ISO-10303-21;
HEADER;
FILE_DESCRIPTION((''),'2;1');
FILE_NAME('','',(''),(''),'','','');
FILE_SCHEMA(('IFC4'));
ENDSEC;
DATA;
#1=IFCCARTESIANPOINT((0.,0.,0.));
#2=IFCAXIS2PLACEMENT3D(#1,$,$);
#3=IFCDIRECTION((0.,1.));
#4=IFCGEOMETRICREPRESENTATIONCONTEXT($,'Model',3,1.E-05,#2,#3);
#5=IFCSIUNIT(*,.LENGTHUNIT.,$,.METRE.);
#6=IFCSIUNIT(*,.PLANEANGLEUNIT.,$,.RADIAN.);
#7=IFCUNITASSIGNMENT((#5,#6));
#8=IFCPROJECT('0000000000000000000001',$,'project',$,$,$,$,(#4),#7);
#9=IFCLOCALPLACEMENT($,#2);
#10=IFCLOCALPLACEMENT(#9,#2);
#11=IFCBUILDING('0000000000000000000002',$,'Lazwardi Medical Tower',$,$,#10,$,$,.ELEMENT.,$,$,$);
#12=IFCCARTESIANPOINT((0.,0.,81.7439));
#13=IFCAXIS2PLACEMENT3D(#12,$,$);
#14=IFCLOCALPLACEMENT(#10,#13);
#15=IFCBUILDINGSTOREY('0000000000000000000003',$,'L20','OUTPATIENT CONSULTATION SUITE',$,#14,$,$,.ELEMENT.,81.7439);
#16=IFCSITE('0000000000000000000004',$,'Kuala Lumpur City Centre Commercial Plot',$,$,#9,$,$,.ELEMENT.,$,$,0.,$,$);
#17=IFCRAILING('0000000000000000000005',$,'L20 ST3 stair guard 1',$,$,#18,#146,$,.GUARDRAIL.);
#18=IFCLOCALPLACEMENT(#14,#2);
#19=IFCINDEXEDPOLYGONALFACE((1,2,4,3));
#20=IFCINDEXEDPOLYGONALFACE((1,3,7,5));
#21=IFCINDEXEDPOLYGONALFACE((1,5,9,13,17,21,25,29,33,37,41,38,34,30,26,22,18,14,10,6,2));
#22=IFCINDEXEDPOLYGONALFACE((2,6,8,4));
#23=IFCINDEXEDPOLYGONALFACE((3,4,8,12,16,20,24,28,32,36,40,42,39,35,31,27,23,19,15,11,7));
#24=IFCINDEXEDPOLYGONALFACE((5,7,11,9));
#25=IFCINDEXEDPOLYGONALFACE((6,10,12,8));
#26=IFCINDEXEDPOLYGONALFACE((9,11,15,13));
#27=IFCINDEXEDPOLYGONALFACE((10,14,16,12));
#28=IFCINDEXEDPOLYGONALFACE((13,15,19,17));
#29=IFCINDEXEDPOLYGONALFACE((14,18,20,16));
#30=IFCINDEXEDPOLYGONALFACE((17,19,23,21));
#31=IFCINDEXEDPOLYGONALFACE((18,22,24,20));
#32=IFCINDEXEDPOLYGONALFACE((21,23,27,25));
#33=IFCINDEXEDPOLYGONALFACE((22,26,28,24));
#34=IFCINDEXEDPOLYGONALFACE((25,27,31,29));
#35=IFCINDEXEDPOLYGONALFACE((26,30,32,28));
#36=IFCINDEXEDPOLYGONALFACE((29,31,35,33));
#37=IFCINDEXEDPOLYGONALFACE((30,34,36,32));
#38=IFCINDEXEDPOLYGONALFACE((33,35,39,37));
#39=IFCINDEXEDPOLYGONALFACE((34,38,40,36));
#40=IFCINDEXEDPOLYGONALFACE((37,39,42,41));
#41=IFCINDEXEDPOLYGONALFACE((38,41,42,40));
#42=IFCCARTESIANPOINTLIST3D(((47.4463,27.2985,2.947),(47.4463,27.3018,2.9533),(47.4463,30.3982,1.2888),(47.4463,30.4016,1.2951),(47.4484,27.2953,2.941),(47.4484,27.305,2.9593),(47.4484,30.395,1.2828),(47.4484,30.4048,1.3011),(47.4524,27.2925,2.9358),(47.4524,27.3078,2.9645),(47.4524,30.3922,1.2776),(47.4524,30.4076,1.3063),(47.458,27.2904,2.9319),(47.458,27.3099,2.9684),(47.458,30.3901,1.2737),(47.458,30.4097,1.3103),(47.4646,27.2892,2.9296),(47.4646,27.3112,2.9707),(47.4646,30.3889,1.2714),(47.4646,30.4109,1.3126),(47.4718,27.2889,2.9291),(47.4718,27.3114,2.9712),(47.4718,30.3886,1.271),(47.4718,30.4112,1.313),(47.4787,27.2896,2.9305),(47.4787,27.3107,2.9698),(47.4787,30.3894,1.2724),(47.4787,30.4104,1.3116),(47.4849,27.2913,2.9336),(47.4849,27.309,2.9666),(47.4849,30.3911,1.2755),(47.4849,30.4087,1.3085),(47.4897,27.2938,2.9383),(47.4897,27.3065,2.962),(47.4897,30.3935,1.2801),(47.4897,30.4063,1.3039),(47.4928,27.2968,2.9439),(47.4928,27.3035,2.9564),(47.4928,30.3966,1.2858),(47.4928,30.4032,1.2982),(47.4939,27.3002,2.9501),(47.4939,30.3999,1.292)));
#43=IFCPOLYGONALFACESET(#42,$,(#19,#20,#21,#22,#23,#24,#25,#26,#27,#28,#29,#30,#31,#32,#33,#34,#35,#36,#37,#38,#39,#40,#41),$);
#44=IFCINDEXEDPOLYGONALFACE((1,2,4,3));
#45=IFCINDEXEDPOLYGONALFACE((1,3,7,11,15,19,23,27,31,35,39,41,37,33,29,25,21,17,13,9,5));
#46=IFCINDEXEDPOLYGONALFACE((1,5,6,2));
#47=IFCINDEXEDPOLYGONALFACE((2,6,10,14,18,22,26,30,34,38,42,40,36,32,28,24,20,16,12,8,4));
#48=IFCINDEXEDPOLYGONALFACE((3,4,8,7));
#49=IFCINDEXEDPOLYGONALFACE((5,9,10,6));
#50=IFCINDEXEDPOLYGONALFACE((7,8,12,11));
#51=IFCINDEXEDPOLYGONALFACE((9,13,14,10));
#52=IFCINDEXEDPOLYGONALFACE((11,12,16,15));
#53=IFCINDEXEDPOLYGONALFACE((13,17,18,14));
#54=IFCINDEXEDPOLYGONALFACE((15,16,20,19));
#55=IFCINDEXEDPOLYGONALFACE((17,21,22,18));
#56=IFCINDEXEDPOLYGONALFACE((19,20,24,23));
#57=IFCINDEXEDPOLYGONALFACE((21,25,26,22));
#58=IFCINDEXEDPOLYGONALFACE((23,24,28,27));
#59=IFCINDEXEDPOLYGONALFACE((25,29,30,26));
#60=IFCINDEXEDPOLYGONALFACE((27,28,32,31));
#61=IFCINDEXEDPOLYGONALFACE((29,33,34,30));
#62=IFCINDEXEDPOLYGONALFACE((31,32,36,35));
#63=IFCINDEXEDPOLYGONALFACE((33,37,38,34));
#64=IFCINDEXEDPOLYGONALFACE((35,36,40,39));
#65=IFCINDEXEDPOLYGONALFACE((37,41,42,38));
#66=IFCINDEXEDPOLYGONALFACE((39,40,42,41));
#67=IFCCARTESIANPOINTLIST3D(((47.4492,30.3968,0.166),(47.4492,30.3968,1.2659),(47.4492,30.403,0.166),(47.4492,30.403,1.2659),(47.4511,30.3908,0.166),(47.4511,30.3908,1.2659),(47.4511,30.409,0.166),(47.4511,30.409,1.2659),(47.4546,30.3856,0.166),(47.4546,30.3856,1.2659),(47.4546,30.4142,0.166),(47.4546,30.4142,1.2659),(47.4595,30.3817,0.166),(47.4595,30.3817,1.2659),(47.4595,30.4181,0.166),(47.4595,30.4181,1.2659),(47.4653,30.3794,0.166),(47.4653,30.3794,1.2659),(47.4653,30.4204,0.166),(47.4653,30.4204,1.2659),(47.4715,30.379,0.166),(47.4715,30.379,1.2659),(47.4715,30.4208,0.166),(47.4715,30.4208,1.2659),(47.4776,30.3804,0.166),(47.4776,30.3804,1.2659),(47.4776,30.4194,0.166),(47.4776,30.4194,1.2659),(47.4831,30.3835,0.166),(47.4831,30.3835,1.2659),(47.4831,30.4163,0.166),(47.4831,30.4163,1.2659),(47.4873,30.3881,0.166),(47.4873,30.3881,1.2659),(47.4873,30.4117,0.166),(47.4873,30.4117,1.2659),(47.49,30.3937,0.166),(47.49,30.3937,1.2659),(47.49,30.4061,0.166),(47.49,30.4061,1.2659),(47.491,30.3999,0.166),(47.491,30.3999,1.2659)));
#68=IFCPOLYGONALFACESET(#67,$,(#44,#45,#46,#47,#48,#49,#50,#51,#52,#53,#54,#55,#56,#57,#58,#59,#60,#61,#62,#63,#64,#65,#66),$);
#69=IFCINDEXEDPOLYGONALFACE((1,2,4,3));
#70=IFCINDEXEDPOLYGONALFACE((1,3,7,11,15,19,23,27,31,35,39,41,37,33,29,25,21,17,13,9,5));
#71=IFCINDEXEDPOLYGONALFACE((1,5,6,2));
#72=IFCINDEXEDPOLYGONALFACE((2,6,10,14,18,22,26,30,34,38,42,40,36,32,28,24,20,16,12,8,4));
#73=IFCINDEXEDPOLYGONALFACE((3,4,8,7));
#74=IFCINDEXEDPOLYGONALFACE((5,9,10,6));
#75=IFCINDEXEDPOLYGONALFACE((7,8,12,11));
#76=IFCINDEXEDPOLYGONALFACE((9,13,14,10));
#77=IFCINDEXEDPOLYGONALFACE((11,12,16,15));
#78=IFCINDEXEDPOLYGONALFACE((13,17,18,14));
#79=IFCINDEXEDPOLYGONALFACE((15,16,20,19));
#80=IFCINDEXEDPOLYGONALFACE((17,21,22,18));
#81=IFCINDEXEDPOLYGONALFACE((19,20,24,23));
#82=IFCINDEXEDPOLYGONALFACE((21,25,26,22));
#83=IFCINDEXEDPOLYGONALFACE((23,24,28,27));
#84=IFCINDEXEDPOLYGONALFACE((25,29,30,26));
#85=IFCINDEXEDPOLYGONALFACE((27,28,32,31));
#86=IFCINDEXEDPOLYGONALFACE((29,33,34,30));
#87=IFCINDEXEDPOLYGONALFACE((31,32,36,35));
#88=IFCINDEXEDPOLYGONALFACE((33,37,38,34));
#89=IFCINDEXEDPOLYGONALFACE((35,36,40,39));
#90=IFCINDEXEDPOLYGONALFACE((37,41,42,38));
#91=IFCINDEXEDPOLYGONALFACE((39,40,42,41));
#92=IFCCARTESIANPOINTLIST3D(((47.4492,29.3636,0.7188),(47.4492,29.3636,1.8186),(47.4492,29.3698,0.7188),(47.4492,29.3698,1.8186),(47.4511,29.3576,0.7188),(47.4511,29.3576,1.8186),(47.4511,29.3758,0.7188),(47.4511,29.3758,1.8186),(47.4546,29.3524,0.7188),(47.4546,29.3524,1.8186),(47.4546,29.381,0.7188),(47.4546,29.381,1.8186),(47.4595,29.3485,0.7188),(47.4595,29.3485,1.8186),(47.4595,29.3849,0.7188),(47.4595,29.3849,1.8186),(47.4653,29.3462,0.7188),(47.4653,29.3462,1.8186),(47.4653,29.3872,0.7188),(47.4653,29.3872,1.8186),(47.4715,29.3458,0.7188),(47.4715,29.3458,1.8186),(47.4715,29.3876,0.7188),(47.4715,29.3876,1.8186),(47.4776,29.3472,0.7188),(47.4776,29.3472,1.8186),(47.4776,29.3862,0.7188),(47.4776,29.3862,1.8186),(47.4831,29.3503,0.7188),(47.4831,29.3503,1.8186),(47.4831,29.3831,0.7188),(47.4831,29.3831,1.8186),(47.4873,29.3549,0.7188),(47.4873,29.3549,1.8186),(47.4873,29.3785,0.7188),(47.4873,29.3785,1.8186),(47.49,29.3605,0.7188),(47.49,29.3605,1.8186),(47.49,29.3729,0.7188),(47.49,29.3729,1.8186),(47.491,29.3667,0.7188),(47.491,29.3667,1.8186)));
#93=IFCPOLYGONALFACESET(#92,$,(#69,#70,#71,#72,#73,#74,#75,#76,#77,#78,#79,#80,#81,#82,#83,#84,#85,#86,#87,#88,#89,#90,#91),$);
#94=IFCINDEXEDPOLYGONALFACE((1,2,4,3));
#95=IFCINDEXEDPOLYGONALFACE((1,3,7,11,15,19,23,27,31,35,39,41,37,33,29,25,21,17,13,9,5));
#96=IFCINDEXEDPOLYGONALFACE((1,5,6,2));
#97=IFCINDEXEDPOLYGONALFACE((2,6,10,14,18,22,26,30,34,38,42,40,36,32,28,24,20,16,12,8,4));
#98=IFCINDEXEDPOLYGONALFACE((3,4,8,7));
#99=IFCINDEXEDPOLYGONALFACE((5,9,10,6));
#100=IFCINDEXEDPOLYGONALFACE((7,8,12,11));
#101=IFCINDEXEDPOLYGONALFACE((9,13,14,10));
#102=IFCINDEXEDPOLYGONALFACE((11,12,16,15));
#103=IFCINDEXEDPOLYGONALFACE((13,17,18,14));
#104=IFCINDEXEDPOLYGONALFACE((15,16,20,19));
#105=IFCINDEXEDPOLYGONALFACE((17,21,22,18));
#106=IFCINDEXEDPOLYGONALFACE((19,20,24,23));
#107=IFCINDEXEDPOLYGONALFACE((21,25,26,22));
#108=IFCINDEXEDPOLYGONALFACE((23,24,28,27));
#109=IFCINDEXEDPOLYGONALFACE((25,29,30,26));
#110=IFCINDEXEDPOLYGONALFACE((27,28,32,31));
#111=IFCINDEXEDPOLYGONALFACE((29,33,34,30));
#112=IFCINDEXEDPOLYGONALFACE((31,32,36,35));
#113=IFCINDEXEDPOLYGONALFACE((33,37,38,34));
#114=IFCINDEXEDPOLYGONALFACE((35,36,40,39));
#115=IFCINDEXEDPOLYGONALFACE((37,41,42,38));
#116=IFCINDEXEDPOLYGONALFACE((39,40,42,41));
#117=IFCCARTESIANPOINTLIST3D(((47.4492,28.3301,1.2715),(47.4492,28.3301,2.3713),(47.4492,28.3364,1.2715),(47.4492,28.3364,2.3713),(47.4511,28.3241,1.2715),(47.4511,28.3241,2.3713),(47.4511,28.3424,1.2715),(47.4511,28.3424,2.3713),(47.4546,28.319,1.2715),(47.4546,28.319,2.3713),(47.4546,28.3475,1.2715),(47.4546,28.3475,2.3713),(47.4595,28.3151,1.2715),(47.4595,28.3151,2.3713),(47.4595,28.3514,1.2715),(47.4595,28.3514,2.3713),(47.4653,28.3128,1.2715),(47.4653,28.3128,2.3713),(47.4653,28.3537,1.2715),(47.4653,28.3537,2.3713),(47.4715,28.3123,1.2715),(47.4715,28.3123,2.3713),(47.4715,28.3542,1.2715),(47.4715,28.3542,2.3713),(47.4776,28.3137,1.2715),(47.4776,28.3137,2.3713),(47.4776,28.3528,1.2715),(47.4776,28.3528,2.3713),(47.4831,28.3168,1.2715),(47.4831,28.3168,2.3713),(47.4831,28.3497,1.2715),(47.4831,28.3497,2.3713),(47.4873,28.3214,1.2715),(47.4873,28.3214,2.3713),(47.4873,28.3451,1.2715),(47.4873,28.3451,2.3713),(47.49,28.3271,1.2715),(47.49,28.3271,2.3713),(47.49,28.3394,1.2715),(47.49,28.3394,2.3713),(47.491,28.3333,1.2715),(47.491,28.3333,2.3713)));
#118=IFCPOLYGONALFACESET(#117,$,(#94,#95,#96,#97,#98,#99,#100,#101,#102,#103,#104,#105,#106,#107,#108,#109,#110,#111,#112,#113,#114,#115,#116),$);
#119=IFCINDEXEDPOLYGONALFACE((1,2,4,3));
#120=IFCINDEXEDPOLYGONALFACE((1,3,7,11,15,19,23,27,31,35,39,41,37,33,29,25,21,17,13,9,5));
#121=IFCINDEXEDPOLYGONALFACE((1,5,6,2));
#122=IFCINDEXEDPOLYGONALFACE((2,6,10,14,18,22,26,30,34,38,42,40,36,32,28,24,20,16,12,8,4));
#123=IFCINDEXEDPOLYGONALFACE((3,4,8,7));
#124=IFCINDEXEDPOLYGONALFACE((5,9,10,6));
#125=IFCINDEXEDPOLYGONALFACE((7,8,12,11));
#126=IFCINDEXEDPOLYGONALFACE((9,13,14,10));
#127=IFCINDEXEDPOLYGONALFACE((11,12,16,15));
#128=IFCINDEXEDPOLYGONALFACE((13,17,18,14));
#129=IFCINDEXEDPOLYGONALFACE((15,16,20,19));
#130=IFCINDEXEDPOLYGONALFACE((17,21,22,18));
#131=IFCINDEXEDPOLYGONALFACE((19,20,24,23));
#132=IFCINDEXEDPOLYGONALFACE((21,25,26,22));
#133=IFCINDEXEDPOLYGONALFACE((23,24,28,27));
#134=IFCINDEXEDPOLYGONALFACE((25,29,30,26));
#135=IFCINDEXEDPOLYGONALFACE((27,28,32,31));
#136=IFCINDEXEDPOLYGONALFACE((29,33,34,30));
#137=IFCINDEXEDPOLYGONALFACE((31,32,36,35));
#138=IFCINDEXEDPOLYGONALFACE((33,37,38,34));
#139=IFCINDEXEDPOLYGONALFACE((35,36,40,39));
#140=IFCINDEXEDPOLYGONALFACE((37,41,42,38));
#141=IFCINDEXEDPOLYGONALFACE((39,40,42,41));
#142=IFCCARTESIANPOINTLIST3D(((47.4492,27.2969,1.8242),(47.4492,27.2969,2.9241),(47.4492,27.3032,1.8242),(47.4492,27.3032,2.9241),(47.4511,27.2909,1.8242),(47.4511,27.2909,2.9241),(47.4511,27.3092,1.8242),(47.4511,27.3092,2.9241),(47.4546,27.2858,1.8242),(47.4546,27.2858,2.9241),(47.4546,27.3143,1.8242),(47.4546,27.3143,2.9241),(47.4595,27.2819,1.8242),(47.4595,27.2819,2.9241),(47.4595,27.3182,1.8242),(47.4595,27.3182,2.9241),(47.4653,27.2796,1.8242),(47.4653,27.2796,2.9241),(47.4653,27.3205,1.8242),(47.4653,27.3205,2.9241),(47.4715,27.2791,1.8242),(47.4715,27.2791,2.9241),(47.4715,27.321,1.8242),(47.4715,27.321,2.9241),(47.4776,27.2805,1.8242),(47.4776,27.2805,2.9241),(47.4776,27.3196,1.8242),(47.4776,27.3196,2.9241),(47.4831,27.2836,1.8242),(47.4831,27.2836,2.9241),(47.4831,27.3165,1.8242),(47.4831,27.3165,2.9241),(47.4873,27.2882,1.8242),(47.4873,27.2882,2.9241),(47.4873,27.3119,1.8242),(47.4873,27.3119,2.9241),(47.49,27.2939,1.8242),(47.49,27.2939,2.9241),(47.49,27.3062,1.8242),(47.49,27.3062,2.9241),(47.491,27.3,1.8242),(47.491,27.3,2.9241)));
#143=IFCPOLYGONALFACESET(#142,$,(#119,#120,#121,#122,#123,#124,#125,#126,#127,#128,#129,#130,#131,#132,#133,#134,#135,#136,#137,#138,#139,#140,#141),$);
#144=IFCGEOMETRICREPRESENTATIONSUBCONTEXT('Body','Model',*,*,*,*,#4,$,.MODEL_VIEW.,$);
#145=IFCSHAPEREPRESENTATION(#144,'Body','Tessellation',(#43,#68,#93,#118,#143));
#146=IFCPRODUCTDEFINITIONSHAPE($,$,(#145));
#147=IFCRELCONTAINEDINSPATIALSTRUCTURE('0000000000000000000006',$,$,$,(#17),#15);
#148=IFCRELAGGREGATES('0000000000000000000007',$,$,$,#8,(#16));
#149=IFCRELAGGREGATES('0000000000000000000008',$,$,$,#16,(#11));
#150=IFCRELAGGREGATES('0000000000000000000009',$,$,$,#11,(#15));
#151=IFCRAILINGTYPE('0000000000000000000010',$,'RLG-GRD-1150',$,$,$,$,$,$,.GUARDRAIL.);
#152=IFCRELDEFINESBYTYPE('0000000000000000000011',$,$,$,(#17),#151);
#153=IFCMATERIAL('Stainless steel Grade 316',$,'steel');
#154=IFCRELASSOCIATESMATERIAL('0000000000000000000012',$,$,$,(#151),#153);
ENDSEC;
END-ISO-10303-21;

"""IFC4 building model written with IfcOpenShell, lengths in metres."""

from ifc_helpers import new_model, si_unit, direction, frame, origin, origin_2d, place, context, subcontext, project, spatial, circle, extrude, material, type_object, element, save


model = new_model("IFC4")

# Units and contexts
model_context = context("Model", 3, precision=1e-05, world=origin(), true_north=direction((0.0, 1.0)))
body_context = subcontext(model_context, "Body", "Model", "MODEL_VIEW")
ifc_project = project(units=[si_unit("LENGTHUNIT", "METRE"), si_unit("PLANEANGLEUNIT", "RADIAN")], contexts=[model_context])

# Site, building, storey
site_placement = place(None, origin())
site = spatial("IfcSite", under=ifc_project, at=site_placement, Name="Kuala Lumpur City Centre Commercial Plot", CompositionType="ELEMENT", RefElevation=0.0)
building_placement = place(site_placement, origin())
building = spatial("IfcBuilding", under=site, at=building_placement, Name="Lazwardi Medical Tower", CompositionType="ELEMENT")
storey_placement = place(building_placement, frame((0.0, 0.0, 81.7439)))
storey = spatial("IfcBuildingStorey", under=building, at=storey_placement, Name="L20", Description="OUTPATIENT CONSULTATION SUITE", CompositionType="ELEMENT", Elevation=81.7439)

# Railing
ifc_material_1 = material(Name="Stainless steel Grade 316", Category="steel")
railing_type_1 = type_object("IfcRailingType", Name="RLG-GRD-1150", PredefinedType="GUARDRAIL", material=ifc_material_1)
railing_1_placement = place(storey_placement, frame((47.47, 30.3999, 0.166)))
element("IfcRailing", 1, at=railing_1_placement, inside=storey, type_object=railing_type_1, Name="L20 ST3 stair guard 1", PredefinedType="GUARDRAIL", context=body_context, shape_type="SweptSolid", body=[
    extrude(circle(Radius=0.0239, at=origin_2d()), frame((0.0, 0.0, 1.126), z_axis=(0.0, -0.881768, 0.471684), x_axis=(1.0, 0.0, 0.0)), (0.0, 0.0, 1.0), 3.5154),
    extrude(circle(Radius=0.021, at=origin_2d()), origin(), (0.0, 0.0, 1.0), 1.0999),
    extrude(circle(Radius=0.021, at=origin_2d()), frame((0.0, -1.0332, 0.5527)), (0.0, 0.0, 1.0), 1.0999),
    extrude(circle(Radius=0.021, at=origin_2d()), frame((0.0, -2.0667, 1.1055)), (0.0, 0.0, 1.0), 1.0999),
    extrude(circle(Radius=0.021, at=origin_2d()), frame((0.0, -3.0999, 1.6582)), (0.0, 0.0, 1.0), 1.0999),
])

save(model, "model.ifc")
